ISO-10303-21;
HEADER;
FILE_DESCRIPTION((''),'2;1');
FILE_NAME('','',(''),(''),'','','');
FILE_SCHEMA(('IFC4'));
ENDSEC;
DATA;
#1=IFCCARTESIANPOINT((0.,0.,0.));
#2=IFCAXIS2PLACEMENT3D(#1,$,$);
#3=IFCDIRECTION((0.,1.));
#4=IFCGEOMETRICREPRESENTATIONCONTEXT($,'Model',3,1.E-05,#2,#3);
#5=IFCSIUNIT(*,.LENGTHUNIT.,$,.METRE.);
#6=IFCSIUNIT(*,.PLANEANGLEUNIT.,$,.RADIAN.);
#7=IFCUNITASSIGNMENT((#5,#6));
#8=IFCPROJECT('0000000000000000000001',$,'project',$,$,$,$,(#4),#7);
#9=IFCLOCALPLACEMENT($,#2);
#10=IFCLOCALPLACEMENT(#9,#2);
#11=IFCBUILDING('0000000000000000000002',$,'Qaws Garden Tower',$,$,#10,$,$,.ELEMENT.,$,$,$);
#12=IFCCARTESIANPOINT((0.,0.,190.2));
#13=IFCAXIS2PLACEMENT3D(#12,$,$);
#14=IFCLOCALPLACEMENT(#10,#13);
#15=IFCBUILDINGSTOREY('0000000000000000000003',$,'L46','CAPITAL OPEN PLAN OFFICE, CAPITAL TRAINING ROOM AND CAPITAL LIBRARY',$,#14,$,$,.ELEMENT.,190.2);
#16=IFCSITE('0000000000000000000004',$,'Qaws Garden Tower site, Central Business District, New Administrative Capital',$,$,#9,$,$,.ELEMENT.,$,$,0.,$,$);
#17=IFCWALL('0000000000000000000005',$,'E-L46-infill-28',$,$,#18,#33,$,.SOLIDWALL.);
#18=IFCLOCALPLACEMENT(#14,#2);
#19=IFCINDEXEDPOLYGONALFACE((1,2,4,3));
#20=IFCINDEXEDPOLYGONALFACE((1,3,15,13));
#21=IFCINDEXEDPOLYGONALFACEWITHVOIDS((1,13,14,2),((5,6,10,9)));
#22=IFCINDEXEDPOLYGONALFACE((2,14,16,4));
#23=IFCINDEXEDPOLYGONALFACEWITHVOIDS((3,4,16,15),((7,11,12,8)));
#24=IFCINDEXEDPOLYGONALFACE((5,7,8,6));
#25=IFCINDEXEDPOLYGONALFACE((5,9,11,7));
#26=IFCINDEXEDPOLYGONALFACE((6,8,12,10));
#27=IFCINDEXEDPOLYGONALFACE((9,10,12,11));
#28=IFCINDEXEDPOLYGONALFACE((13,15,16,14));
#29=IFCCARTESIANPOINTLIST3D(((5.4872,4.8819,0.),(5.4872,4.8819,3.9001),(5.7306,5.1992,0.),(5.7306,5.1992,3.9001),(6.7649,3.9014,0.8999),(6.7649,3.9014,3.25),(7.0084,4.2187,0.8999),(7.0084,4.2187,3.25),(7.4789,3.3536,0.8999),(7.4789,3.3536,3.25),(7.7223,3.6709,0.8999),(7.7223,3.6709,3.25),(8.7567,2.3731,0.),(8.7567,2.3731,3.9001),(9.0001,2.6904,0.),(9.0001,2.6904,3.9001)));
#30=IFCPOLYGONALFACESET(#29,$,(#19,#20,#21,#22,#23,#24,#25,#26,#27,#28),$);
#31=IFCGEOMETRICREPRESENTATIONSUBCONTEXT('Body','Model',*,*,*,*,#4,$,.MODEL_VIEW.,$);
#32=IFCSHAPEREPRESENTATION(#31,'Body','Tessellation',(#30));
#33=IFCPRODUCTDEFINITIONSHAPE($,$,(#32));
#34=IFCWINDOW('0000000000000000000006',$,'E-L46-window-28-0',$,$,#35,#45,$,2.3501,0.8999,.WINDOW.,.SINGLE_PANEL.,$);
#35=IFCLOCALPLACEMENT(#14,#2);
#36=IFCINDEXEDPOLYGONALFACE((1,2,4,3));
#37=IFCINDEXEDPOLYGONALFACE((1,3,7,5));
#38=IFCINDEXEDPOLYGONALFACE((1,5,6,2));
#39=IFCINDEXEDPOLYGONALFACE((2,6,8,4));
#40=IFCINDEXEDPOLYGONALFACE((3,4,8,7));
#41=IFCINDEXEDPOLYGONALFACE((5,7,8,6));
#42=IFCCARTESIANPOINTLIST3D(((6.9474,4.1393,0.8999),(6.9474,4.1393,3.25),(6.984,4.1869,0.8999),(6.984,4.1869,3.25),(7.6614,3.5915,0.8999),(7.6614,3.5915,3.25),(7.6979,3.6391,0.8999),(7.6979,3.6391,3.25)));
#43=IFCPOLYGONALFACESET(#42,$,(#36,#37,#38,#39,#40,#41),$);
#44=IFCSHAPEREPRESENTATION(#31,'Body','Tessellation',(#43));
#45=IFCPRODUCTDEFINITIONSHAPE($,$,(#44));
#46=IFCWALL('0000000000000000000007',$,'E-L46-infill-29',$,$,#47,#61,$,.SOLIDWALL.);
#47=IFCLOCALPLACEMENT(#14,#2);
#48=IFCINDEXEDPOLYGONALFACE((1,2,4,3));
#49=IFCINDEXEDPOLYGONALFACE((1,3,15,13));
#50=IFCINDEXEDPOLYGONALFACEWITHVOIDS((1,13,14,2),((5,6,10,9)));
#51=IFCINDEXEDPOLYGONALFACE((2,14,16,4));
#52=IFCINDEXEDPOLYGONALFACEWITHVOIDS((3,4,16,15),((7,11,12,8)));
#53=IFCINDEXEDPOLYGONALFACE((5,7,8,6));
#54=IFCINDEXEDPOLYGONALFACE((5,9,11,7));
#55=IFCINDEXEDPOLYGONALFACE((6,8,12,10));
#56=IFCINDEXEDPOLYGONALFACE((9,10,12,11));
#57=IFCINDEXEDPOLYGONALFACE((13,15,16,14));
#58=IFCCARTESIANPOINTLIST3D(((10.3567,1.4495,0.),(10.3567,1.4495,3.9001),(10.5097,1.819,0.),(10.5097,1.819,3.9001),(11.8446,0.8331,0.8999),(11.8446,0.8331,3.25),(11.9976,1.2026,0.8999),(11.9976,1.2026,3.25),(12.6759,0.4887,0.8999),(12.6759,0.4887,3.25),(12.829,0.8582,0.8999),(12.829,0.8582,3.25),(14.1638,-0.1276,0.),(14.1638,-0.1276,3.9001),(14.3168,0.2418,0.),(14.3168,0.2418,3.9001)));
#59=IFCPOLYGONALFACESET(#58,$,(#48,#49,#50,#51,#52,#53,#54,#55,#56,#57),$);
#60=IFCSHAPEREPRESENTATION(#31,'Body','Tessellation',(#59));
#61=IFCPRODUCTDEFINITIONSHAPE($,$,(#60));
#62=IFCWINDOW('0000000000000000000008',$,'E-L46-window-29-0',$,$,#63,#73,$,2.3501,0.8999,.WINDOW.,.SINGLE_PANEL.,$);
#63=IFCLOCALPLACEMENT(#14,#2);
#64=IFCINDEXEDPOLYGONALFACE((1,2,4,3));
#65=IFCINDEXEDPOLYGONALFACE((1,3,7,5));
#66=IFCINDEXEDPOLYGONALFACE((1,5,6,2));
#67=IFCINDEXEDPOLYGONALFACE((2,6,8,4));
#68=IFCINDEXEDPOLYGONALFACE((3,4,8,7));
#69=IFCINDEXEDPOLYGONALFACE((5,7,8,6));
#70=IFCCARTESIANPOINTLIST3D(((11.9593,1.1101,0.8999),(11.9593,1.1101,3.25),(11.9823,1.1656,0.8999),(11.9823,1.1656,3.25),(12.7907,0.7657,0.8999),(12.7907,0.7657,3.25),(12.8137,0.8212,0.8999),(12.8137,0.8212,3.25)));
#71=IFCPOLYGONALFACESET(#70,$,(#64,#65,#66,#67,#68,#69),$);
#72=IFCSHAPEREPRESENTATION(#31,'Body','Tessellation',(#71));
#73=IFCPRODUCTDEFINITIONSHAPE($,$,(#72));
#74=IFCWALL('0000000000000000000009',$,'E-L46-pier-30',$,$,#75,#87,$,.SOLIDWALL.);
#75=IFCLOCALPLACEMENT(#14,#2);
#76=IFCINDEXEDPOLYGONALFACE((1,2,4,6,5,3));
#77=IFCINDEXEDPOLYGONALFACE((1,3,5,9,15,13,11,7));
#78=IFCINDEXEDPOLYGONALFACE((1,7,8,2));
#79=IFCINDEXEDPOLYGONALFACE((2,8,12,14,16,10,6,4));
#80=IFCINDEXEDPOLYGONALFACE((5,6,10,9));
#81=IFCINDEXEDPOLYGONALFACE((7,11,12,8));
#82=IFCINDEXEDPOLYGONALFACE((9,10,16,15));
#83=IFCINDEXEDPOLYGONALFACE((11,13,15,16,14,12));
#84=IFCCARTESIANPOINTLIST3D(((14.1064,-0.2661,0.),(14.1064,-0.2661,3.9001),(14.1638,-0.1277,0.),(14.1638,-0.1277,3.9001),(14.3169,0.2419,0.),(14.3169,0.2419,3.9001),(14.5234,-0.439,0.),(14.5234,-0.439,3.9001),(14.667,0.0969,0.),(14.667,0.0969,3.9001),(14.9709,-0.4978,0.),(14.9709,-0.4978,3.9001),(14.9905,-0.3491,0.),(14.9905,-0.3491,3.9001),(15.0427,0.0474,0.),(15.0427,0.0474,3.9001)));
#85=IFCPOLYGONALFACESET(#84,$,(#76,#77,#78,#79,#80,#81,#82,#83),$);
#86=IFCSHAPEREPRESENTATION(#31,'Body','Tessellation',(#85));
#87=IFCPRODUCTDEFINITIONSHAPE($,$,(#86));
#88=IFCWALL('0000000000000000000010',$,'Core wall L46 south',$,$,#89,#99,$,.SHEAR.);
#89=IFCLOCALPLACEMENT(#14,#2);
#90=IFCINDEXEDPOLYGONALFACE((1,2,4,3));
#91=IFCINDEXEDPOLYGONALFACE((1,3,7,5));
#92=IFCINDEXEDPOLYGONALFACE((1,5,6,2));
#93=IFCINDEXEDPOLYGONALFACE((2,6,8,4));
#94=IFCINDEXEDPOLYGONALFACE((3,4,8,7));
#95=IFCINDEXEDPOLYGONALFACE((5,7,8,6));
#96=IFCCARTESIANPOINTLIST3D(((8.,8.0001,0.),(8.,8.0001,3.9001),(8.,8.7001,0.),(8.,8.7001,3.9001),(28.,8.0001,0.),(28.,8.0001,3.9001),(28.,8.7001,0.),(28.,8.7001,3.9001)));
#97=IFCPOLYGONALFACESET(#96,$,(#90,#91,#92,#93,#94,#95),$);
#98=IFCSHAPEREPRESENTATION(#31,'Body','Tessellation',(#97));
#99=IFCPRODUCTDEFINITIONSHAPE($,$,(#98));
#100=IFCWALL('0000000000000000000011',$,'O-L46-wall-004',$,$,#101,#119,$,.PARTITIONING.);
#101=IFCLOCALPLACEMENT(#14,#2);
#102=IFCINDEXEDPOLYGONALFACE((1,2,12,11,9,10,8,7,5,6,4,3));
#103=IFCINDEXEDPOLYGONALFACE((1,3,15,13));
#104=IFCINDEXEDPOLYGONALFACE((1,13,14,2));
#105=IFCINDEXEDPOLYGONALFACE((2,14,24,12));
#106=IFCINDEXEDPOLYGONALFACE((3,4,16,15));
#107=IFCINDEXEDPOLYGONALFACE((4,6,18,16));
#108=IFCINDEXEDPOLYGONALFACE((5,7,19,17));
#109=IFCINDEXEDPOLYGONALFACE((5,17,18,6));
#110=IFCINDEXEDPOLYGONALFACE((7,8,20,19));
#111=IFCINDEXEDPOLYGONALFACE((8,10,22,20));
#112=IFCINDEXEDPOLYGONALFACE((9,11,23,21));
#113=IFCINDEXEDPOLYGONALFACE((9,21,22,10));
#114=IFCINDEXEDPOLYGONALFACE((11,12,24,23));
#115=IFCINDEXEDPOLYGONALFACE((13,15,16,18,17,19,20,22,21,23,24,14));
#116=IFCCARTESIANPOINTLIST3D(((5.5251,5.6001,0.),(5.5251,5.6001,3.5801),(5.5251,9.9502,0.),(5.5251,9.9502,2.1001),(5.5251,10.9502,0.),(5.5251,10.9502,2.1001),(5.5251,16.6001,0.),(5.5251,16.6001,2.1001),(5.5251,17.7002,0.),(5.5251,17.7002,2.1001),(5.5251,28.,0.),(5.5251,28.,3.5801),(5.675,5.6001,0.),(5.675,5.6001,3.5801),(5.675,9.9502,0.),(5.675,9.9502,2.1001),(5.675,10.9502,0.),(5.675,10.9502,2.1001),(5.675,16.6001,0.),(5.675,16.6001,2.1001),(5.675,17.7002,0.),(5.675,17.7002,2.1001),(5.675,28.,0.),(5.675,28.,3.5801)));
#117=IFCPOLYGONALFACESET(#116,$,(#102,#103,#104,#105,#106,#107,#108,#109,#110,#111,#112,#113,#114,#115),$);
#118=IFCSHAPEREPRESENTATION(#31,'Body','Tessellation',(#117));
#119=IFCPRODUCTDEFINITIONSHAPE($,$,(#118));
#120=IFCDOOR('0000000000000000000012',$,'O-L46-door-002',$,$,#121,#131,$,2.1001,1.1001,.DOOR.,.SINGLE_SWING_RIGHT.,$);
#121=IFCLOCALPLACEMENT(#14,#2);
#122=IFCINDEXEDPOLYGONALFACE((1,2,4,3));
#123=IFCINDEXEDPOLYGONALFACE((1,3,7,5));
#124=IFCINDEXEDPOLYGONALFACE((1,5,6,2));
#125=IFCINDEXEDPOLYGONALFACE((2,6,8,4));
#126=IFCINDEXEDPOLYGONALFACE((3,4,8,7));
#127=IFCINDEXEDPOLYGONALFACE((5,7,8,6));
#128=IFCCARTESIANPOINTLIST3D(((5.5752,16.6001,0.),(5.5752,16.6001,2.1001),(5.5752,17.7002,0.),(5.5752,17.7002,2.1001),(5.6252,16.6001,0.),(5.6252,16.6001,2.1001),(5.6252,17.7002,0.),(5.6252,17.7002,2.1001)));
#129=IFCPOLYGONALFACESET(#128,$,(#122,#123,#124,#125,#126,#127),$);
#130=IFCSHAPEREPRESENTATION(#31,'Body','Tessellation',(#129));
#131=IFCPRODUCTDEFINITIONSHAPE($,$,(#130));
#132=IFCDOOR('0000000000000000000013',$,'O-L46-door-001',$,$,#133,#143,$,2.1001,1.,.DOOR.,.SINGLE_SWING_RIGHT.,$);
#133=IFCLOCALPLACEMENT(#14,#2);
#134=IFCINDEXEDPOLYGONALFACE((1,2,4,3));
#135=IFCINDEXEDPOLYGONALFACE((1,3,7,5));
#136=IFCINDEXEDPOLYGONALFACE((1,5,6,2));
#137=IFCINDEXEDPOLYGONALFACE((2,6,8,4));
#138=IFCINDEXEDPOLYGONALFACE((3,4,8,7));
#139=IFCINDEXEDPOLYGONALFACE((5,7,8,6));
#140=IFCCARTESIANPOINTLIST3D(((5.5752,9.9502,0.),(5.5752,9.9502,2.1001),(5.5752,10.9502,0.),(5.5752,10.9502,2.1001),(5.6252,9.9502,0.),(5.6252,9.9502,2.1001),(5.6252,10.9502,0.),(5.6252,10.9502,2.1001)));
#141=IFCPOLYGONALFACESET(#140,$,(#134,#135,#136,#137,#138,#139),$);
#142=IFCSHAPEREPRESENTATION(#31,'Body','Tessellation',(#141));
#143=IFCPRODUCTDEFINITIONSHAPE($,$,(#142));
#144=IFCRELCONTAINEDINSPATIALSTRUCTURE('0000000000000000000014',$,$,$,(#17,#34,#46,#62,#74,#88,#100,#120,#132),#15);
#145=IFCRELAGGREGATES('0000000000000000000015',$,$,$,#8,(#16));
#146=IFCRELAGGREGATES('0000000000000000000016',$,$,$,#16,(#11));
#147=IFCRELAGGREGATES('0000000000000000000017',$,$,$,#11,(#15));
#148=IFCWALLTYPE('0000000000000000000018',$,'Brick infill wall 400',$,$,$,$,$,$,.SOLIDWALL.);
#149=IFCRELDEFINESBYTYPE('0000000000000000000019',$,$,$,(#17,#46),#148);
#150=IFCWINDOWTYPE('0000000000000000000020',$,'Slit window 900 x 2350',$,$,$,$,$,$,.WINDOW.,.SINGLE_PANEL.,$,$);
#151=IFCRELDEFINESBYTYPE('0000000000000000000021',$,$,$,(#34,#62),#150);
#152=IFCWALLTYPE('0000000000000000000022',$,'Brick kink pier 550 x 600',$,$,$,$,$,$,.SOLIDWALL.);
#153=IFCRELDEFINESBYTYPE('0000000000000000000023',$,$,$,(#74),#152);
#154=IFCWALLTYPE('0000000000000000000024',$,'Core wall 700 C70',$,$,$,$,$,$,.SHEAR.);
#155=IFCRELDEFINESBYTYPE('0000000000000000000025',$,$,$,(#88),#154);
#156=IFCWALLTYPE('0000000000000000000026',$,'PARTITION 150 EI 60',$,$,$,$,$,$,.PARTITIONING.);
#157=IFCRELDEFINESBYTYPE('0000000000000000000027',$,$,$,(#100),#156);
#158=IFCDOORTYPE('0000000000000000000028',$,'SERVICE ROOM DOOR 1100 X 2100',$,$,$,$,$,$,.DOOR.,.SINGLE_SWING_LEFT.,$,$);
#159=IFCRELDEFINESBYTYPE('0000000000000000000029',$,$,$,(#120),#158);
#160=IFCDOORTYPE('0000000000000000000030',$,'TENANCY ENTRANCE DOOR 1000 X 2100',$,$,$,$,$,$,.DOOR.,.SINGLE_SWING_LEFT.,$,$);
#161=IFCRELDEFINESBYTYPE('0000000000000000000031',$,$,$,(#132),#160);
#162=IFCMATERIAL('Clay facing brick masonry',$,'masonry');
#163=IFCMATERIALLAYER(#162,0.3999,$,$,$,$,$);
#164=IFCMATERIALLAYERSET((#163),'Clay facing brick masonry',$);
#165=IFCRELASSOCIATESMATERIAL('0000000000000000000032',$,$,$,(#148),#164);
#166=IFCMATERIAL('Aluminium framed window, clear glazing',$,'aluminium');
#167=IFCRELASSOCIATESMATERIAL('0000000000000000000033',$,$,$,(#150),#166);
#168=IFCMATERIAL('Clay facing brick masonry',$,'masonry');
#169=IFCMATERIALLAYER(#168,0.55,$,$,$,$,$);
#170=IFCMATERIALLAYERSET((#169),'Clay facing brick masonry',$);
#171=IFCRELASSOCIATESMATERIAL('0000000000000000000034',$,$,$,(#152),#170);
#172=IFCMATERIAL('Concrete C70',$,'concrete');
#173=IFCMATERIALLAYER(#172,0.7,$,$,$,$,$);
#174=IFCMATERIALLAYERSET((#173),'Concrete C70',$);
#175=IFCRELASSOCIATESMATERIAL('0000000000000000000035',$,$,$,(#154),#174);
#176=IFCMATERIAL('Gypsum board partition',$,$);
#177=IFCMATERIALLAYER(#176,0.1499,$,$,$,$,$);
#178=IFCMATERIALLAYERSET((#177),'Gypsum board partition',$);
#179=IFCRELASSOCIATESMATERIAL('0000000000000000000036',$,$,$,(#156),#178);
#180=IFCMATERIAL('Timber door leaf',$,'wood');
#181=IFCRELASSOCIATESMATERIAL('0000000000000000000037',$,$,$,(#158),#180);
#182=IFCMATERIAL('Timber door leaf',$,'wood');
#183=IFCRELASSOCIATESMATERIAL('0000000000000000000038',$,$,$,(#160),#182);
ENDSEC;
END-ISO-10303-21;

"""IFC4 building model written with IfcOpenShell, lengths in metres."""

from ifc_helpers import new_model, si_unit, direction, frame, frame_2d, origin, place, context, subcontext, project, spatial, polyline, rectangle, outline, extrude, material, layer, layer_set, type_object, element, fill, save


model = new_model("IFC4")

# Units and contexts
model_context = context("Model", 3, precision=1e-05, world=origin(), true_north=direction((0.0, 1.0)))
body_context = subcontext(model_context, "Body", "Model", "MODEL_VIEW")
ifc_project = project(units=[si_unit("LENGTHUNIT", "METRE"), si_unit("PLANEANGLEUNIT", "RADIAN")], contexts=[model_context])

# Site, building, storey
site_placement = place(None, origin())
site = spatial("IfcSite", under=ifc_project, at=site_placement, Name="Qaws Garden Tower site, Central Business District, New Administrative Capital", CompositionType="ELEMENT", RefElevation=0.0)
building_placement = place(site_placement, origin())
building = spatial("IfcBuilding", under=site, at=building_placement, Name="Qaws Garden Tower", CompositionType="ELEMENT")
storey_placement = place(building_placement, frame((0.0, 0.0, 190.2)))
storey = spatial("IfcBuildingStorey", under=building, at=storey_placement, Name="L46", Description="CAPITAL OPEN PLAN OFFICE, CAPITAL TRAINING ROOM AND CAPITAL LIBRARY", CompositionType="ELEMENT", Elevation=190.2)

# Shared definitions
placement_1 = place(storey_placement, origin())

# Walls, openings, windows
ifc_material_1 = material(Name="Clay facing brick masonry", Category="masonry")
ifc_layer_1 = layer(ifc_material_1, 0.3999)
ifc_layer_set_1 = layer_set([ifc_layer_1], Name="Clay facing brick masonry")
wall_type_1 = type_object("IfcWallType", Name="Brick infill wall 400", PredefinedType="SOLIDWALL", material=ifc_layer_set_1)
ifc_material_2 = material(Name="Aluminium framed window, clear glazing", Category="aluminium")
window_type = type_object("IfcWindowType", Name="Slit window 900 x 2350", PartitioningType="SINGLE_PANEL", PredefinedType="WINDOW", material=ifc_material_2)
wall_1_placement = place(storey_placement, frame((5.6089, 5.0405, 0.0), z_axis=(0.0, 0.0, 1.0), x_axis=(0.793355, -0.60876, 0.0)))
wall_1 = element("IfcWall", 1, at=wall_1_placement, inside=storey, type_object=wall_type_1, Name="E-L46-infill-28", PredefinedType="SOLIDWALL", context=body_context, shape_type="SweptSolid", body=[
    extrude(rectangle(XDim=4.1211, YDim=0.3999, at=frame_2d((2.0605, 0.0))), origin(), (0.0, 0.0, 1.0), 3.9001),
])
opening_1_placement = place(wall_1_placement, frame((1.6106, 0.0, 0.8999)))
opening_1 = element("IfcOpeningElement", 2, at=opening_1_placement, cuts=wall_1, PredefinedType="OPENING", context=body_context, shape_type="SweptSolid", body=[
    extrude(rectangle(XDim=0.8999, YDim=2.3501, at=frame_2d((0.45, 1.175))), frame((0.0, 0.21, 0.0), z_axis=(0.0, -1.0, 0.0), x_axis=(1.0, 0.0, 0.0)), (0.0, 0.0, 1.0), 0.4199),
])
window_1_placement = place(opening_1_placement, origin())
window_1 = element("IfcWindow", 3, at=window_1_placement, inside=storey, type_object=window_type, Name="E-L46-window-28-0", OverallHeight=2.3501, OverallWidth=0.8999, PartitioningType="SINGLE_PANEL", PredefinedType="WINDOW", context=body_context, shape_type="SweptSolid", body=[
    extrude(rectangle(XDim=0.8999, YDim=2.3501, at=frame_2d((0.45, 1.175))), frame((0.0, 0.1599, 0.0), z_axis=(0.0, -1.0, 0.0), x_axis=(1.0, 0.0, 0.0)), (0.0, 0.0, 1.0), 0.0601),
])
fill(opening_1, window_1)
wall_2_placement = place(storey_placement, frame((10.4331, 1.6343, 0.0), z_axis=(0.0, 0.0, 1.0), x_axis=(0.923864, -0.382722, 0.0)))
wall_2 = element("IfcWall", 4, at=wall_2_placement, inside=storey, type_object=wall_type_1, Name="E-L46-infill-29", PredefinedType="SOLIDWALL", context=body_context, shape_type="SweptSolid", body=[
    extrude(rectangle(XDim=4.1208, YDim=0.3999, at=frame_2d((2.0605, 0.0))), origin(), (0.0, 0.0, 1.0), 3.9001),
])
opening_2_placement = place(wall_2_placement, frame((1.6106, 0.0, 0.8999)))
opening_2 = element("IfcOpeningElement", 5, at=opening_2_placement, cuts=wall_2, PredefinedType="OPENING", context=body_context, shape_type="SweptSolid", body=[
    extrude(rectangle(XDim=0.8999, YDim=2.3501, at=frame_2d((0.45, 1.175))), frame((0.0, 0.21, 0.0), z_axis=(0.0, -1.0, 0.0), x_axis=(1.0, 0.0, 0.0)), (0.0, 0.0, 1.0), 0.4199),
])
window_2_placement = place(opening_2_placement, origin())
window_2 = element("IfcWindow", 6, at=window_2_placement, inside=storey, type_object=window_type, Name="E-L46-window-29-0", OverallHeight=2.3501, OverallWidth=0.8999, PartitioningType="SINGLE_PANEL", PredefinedType="WINDOW", context=body_context, shape_type="SweptSolid", body=[
    extrude(rectangle(XDim=0.8999, YDim=2.3501, at=frame_2d((0.45, 1.175))), frame((0.0, 0.1599, 0.0), z_axis=(0.0, -1.0, 0.0), x_axis=(1.0, 0.0, 0.0)), (0.0, 0.0, 1.0), 0.0601),
])
fill(opening_2, window_2)

# Walls
ifc_material_3 = material(Name="Clay facing brick masonry", Category="masonry")
ifc_layer_2 = layer(ifc_material_3, 0.55)
ifc_layer_set_2 = layer_set([ifc_layer_2], Name="Clay facing brick masonry")
wall_type_2 = type_object("IfcWallType", Name="Brick kink pier 550 x 600", PredefinedType="SOLIDWALL", material=ifc_layer_set_2)
element("IfcWall", 7, at=placement_1, inside=storey, type_object=wall_type_2, Name="E-L46-pier-30", PredefinedType="SOLIDWALL", context=body_context, shape_type="SweptSolid", body=[
    extrude(outline(polyline([(14.1638, -0.1277), (14.1064, -0.2661), (14.5234, -0.439), (14.9709, -0.4978), (14.9905, -0.3491), (15.0427, 0.0474), (14.667, 0.0969), (14.3169, 0.2419), (14.1638, -0.1277)])), origin(), (0.0, 0.0, 1.0), 3.9001),
])
ifc_material_4 = material(Name="Concrete C70", Category="concrete")
ifc_layer_3 = layer(ifc_material_4, 0.7)
ifc_layer_set_3 = layer_set([ifc_layer_3], Name="Concrete C70")
wall_type_3 = type_object("IfcWallType", Name="Core wall 700 C70", PredefinedType="SHEAR", material=ifc_layer_set_3)
wall_3_placement = place(storey_placement, frame((8.0, 8.3501, 0.0), z_axis=(0.0, 0.0, 1.0), x_axis=(1.0, 0.0, 0.0)))
element("IfcWall", 8, at=wall_3_placement, inside=storey, type_object=wall_type_3, Name="Core wall L46 south", PredefinedType="SHEAR", context=body_context, shape_type="SweptSolid", body=[
    extrude(rectangle(XDim=20.0, YDim=0.7, at=frame_2d((10.0, 0.0))), origin(), (0.0, 0.0, 1.0), 3.9001),
])

# Wall, openings, doors
ifc_material_5 = material(Name="Gypsum board partition")
ifc_layer_4 = layer(ifc_material_5, 0.1499)
ifc_layer_set_4 = layer_set([ifc_layer_4], Name="Gypsum board partition")
wall_type_4 = type_object("IfcWallType", Name="PARTITION 150 EI 60", PredefinedType="PARTITIONING", material=ifc_layer_set_4)
wall_4_placement = place(storey_placement, frame((5.6001, 5.6001, 0.0), z_axis=(0.0, 0.0, 1.0), x_axis=(0.0, 1.0, 0.0)))
wall_4 = element("IfcWall", 9, at=wall_4_placement, inside=storey, type_object=wall_type_4, Name="O-L46-wall-004", PredefinedType="PARTITIONING", context=body_context, shape_type="SweptSolid", body=[
    extrude(rectangle(XDim=22.3999, YDim=0.1499, at=frame_2d((11.2, 0.0))), origin(), (0.0, 0.0, 1.0), 3.5801),
])
opening_3_placement = place(wall_4_placement, frame((4.3501, 0.0, 0.0)))
opening_3 = element("IfcOpeningElement", 10, at=opening_3_placement, cuts=wall_4, PredefinedType="OPENING", context=body_context, shape_type="SweptSolid", body=[
    extrude(rectangle(XDim=1.0, YDim=2.1001, at=frame_2d((0.5, 1.05))), frame((0.0, 0.085, 0.0), z_axis=(0.0, -1.0, 0.0), x_axis=(1.0, 0.0, 0.0)), (0.0, 0.0, 1.0), 0.1699),
])
opening_4_placement = place(wall_4_placement, frame((11.0, 0.0, 0.0)))
opening_4 = element("IfcOpeningElement", 11, at=opening_4_placement, cuts=wall_4, PredefinedType="OPENING", context=body_context, shape_type="SweptSolid", body=[
    extrude(rectangle(XDim=1.1001, YDim=2.1001, at=frame_2d((0.55, 1.05))), frame((0.0, 0.085, 0.0), z_axis=(0.0, -1.0, 0.0), x_axis=(1.0, 0.0, 0.0)), (0.0, 0.0, 1.0), 0.1699),
])
ifc_material_6 = material(Name="Timber door leaf", Category="wood")
door_type_1 = type_object("IfcDoorType", Name="SERVICE ROOM DOOR 1100 X 2100", OperationType="SINGLE_SWING_LEFT", PredefinedType="DOOR", material=ifc_material_6)
door_1_placement = place(opening_4_placement, origin())
door_1 = element("IfcDoor", 12, at=door_1_placement, inside=storey, type_object=door_type_1, Name="O-L46-door-002", OperationType="SINGLE_SWING_RIGHT", OverallHeight=2.1001, OverallWidth=1.1001, PredefinedType="DOOR", context=body_context, shape_type="SweptSolid", body=[
    extrude(rectangle(XDim=1.1001, YDim=2.1001, at=frame_2d((0.55, 1.05))), frame((0.0, 0.0249, 0.0), z_axis=(0.0, -1.0, 0.0), x_axis=(1.0, 0.0, 0.0)), (0.0, 0.0, 1.0), 0.05),
])
fill(opening_4, door_1)
ifc_material_7 = material(Name="Timber door leaf", Category="wood")
door_type_2 = type_object("IfcDoorType", Name="TENANCY ENTRANCE DOOR 1000 X 2100", OperationType="SINGLE_SWING_LEFT", PredefinedType="DOOR", material=ifc_material_7)
door_2_placement = place(opening_3_placement, origin())
door_2 = element("IfcDoor", 13, at=door_2_placement, inside=storey, type_object=door_type_2, Name="O-L46-door-001", OperationType="SINGLE_SWING_RIGHT", OverallHeight=2.1001, OverallWidth=1.0, PredefinedType="DOOR", context=body_context, shape_type="SweptSolid", body=[
    extrude(rectangle(XDim=1.0, YDim=2.1001, at=frame_2d((0.5, 1.05))), frame((0.0, 0.0249, 0.0), z_axis=(0.0, -1.0, 0.0), x_axis=(1.0, 0.0, 0.0)), (0.0, 0.0, 1.0), 0.05),
])
fill(opening_3, door_2)

save(model, "model.ifc")
